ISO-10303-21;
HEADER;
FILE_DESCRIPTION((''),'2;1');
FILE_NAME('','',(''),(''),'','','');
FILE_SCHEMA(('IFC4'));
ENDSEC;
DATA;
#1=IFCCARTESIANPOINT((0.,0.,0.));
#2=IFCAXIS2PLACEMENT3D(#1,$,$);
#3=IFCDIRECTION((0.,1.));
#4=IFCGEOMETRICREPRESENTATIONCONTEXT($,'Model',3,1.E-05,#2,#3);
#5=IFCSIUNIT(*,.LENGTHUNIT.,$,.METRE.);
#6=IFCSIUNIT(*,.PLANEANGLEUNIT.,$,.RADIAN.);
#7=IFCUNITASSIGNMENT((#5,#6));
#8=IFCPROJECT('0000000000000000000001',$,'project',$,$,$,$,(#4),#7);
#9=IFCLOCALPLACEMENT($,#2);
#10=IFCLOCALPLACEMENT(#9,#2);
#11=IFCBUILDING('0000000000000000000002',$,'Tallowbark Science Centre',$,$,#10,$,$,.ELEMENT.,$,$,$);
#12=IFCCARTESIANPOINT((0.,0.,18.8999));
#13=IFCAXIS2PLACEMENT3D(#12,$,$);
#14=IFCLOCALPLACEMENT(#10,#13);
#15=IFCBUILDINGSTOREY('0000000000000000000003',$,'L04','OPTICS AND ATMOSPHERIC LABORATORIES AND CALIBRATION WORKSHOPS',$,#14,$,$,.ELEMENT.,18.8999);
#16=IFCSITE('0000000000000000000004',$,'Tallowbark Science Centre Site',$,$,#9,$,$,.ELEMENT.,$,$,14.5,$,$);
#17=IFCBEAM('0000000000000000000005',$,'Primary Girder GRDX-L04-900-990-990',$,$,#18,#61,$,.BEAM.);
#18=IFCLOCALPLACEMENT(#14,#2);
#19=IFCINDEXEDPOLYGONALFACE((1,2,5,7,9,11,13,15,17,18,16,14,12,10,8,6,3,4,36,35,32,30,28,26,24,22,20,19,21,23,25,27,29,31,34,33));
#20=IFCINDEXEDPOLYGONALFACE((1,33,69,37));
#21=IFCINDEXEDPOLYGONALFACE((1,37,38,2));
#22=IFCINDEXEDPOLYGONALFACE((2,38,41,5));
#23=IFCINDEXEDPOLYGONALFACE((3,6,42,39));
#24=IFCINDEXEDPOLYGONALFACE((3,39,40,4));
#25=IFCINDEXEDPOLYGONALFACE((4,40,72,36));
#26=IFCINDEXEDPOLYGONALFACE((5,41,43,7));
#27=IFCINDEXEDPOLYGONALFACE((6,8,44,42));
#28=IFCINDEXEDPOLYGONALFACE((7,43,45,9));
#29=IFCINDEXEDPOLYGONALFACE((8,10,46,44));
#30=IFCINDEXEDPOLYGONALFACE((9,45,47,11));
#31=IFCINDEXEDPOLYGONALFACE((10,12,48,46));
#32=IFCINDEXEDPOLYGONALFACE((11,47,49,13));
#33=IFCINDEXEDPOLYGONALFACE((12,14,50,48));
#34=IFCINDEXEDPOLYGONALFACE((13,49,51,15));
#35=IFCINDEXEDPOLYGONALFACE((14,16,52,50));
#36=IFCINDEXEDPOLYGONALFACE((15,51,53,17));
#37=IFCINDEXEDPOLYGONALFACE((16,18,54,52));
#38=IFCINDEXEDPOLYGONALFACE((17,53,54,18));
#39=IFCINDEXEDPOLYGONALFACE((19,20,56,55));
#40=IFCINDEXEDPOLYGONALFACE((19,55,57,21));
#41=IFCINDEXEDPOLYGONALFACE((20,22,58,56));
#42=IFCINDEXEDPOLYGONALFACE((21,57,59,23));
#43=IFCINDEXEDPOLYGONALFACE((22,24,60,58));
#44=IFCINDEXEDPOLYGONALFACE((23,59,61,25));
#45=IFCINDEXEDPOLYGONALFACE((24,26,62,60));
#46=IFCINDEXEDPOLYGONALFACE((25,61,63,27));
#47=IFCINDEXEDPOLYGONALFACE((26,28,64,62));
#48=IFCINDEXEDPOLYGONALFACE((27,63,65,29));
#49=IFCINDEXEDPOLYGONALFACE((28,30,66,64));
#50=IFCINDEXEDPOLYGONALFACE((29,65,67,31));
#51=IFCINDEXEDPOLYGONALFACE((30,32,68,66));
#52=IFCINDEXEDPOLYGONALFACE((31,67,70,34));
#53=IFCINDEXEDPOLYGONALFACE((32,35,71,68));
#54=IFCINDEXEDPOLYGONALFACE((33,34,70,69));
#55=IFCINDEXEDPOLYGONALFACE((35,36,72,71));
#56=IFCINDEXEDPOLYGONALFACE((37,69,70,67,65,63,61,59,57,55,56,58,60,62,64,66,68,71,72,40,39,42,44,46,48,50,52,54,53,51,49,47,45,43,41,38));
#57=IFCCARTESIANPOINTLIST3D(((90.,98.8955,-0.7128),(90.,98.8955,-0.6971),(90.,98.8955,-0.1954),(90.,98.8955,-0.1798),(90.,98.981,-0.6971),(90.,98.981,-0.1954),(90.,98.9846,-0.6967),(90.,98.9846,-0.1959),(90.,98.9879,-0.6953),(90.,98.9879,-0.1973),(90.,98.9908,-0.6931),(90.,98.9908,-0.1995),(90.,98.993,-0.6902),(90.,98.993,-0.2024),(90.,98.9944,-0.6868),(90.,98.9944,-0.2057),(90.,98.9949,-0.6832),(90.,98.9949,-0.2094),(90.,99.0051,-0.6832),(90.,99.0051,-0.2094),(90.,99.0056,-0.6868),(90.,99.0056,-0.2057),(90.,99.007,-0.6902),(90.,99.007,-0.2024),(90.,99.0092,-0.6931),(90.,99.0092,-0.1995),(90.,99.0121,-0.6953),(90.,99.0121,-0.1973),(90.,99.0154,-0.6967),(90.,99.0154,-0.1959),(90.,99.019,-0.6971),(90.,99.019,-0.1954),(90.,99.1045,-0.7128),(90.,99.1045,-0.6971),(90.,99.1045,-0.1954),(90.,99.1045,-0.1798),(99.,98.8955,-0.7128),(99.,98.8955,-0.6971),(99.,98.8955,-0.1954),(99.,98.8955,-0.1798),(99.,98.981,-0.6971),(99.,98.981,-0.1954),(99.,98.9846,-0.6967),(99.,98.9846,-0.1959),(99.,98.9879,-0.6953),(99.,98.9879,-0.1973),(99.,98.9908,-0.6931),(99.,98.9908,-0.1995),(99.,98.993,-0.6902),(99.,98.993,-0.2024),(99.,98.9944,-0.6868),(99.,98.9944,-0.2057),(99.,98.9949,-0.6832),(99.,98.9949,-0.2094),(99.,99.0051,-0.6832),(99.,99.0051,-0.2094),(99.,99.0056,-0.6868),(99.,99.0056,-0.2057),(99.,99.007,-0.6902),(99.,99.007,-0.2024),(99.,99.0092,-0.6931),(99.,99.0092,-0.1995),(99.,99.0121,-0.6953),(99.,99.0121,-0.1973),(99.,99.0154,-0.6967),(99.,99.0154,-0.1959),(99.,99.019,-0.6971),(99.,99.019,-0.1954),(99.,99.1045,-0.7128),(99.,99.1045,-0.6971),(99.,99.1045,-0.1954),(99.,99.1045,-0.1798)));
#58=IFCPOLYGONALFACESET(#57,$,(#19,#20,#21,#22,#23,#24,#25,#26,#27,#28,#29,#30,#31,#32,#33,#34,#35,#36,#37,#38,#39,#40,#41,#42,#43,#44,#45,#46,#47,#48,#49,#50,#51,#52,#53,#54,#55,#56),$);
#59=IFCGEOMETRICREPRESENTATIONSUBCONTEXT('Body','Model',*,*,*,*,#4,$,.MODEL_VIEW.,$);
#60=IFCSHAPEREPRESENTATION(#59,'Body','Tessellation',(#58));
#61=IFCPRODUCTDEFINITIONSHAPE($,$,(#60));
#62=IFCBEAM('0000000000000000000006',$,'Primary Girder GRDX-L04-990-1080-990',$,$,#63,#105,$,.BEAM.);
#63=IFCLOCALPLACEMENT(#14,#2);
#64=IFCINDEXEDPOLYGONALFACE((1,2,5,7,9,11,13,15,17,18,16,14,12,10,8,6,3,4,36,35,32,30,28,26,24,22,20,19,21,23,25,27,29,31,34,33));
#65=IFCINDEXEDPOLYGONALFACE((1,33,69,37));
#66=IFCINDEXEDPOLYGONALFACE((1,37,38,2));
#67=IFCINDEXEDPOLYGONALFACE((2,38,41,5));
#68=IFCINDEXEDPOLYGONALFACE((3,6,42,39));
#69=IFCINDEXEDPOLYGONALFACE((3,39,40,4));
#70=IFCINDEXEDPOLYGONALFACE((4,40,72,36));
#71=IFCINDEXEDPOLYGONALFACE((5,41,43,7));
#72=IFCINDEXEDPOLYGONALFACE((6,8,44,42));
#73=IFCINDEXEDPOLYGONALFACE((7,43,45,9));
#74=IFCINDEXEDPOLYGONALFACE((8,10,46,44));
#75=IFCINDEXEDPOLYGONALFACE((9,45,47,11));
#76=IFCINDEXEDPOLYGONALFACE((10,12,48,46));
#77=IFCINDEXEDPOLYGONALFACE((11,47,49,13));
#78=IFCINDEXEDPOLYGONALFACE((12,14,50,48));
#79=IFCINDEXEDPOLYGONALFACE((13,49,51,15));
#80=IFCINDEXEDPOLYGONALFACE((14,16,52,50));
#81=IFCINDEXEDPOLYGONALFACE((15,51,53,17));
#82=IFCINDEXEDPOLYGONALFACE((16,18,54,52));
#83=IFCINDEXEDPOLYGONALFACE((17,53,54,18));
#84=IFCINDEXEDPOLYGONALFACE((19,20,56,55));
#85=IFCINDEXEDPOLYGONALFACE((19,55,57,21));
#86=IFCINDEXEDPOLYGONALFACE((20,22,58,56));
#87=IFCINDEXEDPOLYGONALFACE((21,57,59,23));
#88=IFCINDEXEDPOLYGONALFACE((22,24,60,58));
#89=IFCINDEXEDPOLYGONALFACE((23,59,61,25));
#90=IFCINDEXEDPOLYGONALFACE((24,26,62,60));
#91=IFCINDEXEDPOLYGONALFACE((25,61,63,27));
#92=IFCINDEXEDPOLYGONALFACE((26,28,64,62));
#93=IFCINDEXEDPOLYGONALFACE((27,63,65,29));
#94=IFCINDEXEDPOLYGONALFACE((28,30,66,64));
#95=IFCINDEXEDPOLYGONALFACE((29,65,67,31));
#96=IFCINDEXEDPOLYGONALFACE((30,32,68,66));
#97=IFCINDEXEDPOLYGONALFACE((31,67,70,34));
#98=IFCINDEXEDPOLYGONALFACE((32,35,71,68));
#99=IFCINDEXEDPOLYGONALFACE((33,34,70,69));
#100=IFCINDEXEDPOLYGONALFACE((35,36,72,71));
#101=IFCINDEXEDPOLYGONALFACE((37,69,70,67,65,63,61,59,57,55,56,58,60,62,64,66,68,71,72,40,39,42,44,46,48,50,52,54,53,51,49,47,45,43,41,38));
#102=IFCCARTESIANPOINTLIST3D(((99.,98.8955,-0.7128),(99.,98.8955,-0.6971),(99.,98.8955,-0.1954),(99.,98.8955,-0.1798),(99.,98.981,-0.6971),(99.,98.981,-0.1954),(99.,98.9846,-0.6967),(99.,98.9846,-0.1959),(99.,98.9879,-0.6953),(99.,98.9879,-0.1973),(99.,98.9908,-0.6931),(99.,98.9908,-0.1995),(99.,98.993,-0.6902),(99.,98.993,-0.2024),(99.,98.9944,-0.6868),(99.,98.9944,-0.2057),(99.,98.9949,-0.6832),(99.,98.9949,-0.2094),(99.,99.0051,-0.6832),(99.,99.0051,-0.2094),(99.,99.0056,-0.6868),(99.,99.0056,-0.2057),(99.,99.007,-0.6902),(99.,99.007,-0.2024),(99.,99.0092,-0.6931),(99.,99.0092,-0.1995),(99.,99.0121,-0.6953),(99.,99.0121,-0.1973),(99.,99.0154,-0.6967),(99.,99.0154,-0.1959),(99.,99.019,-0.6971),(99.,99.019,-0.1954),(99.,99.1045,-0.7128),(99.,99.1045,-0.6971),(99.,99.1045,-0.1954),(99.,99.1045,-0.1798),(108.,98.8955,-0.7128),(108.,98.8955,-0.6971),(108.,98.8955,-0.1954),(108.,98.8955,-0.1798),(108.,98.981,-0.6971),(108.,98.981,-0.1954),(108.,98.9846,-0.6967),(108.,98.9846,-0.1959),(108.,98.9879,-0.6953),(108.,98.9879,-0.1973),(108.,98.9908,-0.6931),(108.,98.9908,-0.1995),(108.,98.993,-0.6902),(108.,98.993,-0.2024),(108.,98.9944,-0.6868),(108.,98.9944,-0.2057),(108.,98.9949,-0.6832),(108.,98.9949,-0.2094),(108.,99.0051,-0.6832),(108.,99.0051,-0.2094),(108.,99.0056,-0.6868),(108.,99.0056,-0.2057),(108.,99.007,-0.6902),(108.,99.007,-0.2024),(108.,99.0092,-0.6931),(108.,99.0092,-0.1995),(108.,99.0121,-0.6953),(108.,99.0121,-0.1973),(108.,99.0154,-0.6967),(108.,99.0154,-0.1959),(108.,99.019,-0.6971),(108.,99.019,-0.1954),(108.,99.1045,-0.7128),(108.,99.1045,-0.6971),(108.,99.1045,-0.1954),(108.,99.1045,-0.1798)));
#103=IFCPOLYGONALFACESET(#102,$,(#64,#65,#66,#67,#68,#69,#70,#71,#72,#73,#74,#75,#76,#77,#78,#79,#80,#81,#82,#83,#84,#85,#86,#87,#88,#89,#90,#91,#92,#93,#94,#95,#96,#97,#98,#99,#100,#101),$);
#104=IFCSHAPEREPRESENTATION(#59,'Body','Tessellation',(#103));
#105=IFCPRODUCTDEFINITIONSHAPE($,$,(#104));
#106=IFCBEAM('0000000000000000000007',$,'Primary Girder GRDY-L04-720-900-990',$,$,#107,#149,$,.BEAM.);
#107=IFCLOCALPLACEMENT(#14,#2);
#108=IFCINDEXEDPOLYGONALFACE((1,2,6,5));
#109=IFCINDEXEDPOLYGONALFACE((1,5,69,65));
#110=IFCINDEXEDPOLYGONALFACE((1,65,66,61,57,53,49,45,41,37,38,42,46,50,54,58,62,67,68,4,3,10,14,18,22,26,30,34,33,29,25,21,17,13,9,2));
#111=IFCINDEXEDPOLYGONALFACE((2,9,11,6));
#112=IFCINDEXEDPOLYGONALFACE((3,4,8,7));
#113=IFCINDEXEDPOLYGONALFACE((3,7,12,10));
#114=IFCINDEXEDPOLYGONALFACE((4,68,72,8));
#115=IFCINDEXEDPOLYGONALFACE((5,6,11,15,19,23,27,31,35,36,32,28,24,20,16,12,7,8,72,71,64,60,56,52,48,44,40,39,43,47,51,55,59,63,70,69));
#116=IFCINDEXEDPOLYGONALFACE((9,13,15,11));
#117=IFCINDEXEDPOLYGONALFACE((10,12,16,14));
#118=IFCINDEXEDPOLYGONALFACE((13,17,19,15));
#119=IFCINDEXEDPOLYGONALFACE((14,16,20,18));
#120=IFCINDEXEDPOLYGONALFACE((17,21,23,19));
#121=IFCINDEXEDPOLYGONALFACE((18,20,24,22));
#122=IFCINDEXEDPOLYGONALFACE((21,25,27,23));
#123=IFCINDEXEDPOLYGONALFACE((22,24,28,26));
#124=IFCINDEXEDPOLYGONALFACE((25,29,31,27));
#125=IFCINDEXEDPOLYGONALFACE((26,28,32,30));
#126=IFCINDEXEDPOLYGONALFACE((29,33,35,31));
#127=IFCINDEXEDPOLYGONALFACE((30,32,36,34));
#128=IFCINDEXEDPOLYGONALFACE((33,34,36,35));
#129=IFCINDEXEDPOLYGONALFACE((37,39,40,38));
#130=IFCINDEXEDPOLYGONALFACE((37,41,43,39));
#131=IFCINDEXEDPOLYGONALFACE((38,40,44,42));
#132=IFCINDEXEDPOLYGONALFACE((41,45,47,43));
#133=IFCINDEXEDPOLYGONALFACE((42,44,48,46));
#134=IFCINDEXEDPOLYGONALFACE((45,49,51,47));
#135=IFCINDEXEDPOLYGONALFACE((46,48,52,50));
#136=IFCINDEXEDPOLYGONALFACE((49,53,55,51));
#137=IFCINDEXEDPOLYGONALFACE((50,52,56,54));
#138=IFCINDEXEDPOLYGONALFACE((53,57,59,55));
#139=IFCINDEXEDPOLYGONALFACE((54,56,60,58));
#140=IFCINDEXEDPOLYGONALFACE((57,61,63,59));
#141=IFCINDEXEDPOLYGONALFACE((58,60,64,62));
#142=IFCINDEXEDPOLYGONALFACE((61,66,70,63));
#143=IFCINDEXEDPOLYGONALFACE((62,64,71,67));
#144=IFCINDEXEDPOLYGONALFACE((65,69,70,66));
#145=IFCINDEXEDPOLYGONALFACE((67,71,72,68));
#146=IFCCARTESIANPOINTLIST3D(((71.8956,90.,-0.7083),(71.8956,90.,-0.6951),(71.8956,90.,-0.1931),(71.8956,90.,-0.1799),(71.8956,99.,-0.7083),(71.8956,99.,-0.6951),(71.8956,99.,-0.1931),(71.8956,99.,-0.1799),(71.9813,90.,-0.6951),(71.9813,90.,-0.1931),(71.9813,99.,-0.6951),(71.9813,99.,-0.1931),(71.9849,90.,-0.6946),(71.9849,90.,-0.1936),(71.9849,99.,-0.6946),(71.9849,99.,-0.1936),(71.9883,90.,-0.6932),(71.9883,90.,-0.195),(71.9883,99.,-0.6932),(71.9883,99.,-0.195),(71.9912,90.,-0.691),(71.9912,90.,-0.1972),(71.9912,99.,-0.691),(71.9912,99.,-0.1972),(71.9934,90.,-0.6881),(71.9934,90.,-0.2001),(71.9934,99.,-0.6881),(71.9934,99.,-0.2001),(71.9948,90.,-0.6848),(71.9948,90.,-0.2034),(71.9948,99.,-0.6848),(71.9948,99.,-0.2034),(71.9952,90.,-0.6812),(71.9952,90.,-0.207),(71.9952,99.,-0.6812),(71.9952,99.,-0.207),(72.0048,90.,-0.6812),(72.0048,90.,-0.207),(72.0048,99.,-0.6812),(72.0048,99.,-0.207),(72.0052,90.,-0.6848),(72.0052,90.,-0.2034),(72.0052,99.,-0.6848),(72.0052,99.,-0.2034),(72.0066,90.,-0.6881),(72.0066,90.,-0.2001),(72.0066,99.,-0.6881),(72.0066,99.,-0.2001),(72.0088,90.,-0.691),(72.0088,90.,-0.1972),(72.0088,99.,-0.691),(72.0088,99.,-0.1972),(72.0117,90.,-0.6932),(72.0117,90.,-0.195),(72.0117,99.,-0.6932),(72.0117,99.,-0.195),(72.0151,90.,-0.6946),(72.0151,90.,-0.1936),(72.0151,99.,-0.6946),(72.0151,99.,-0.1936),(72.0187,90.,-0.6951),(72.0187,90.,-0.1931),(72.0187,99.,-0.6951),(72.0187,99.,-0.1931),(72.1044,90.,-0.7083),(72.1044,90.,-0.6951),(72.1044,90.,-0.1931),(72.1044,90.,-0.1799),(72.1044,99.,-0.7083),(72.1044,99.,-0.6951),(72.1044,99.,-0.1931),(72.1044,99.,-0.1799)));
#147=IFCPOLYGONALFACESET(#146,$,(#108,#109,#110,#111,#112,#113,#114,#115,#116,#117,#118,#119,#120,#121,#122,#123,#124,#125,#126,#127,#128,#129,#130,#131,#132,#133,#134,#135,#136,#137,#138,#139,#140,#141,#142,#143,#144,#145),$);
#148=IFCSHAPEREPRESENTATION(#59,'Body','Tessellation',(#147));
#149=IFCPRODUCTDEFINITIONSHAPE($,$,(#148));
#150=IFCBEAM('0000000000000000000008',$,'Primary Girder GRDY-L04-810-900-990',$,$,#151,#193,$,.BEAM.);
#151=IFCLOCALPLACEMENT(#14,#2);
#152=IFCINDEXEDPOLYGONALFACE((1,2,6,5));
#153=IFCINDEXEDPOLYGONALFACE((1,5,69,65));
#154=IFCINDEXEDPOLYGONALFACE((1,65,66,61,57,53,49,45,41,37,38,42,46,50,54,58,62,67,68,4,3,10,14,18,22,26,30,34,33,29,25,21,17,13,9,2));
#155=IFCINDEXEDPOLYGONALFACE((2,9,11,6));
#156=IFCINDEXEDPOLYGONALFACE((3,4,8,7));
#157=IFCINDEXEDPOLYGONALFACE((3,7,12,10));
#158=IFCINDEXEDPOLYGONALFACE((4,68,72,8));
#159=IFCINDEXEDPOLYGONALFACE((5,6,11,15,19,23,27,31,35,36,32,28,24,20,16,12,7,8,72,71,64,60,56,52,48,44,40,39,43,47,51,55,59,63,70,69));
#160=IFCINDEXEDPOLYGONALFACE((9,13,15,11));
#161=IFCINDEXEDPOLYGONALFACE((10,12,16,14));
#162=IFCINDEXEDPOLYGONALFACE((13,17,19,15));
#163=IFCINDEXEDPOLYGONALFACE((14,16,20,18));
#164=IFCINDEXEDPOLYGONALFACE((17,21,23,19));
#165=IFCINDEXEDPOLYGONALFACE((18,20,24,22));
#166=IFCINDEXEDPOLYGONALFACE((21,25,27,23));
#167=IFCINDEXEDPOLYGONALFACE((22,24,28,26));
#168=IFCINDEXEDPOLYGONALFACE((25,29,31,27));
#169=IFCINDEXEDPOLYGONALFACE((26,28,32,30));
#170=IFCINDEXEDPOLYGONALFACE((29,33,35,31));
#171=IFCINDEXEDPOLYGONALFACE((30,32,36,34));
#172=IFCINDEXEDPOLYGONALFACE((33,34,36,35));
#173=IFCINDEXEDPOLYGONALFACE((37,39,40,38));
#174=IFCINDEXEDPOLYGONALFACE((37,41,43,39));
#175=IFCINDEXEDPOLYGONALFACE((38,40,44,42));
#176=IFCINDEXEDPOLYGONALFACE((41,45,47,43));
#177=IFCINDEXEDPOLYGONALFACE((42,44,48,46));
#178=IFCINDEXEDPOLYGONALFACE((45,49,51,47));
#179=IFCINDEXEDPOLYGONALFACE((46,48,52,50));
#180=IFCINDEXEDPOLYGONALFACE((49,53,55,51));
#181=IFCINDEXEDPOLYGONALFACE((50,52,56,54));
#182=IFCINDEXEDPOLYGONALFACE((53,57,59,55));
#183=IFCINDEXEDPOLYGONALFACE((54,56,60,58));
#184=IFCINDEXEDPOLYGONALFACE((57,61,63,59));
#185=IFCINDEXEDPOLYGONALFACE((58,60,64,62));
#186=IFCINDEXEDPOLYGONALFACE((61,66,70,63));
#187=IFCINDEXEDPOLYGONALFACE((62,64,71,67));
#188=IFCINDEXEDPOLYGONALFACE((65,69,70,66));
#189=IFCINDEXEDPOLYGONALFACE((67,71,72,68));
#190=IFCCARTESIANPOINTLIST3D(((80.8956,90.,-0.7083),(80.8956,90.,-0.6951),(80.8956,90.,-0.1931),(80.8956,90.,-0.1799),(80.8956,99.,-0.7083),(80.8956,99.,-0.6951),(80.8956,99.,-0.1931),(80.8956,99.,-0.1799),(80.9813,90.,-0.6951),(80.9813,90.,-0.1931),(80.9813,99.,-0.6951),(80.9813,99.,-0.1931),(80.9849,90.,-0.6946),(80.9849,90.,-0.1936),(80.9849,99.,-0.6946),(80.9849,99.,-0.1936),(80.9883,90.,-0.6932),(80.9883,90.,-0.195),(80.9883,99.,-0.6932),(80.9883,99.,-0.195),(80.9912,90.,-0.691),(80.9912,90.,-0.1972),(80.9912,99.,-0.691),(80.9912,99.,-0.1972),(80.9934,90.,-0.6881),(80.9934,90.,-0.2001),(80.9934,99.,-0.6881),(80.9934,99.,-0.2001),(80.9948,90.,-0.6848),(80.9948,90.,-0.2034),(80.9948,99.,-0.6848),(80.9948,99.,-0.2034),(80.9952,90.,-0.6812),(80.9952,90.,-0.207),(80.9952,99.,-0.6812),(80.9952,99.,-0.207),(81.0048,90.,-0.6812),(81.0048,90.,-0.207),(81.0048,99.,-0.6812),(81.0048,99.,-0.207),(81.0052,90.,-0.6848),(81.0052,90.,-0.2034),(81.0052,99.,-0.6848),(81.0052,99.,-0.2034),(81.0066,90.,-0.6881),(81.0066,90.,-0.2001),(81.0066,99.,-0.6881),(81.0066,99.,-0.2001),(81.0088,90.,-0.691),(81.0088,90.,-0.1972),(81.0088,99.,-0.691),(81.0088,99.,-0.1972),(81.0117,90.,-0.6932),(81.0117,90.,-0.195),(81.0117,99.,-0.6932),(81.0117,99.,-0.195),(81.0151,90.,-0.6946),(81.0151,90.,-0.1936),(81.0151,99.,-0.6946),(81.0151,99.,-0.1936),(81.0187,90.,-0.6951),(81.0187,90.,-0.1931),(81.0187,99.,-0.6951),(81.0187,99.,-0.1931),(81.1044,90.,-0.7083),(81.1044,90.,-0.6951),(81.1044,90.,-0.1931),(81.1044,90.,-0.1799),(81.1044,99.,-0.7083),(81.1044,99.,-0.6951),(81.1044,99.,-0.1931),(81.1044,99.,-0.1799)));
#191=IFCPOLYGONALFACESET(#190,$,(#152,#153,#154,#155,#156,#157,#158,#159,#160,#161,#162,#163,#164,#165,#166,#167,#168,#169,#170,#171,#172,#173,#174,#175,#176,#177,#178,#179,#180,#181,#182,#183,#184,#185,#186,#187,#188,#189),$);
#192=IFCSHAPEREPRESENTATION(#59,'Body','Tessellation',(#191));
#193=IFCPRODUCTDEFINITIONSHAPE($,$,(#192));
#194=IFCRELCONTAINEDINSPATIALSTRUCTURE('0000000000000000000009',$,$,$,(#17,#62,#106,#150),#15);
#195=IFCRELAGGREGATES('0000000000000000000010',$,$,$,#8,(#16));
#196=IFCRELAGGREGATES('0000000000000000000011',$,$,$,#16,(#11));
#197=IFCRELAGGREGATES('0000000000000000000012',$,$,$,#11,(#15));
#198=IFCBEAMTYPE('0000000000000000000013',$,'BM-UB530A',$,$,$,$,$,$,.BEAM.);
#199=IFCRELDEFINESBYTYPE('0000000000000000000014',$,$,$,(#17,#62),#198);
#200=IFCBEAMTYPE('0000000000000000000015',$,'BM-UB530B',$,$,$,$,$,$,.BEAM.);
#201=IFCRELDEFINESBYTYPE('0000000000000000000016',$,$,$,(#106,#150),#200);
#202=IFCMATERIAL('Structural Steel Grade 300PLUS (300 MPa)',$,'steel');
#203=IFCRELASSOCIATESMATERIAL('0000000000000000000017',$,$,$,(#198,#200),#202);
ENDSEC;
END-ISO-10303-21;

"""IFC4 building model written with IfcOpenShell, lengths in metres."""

from ifc_helpers import new_model, si_unit, direction, frame, origin, origin_2d, place, context, subcontext, project, spatial, i_section, extrude, material, material_profile, profile_set, type_object, element, save


model = new_model("IFC4")

# Units and contexts
model_context = context("Model", 3, precision=1e-05, world=origin(), true_north=direction((0.0, 1.0)))
body_context = subcontext(model_context, "Body", "Model", "MODEL_VIEW")
ifc_project = project(units=[si_unit("LENGTHUNIT", "METRE"), si_unit("PLANEANGLEUNIT", "RADIAN")], contexts=[model_context])

# Site, building, storey
site_placement = place(None, origin())
site = spatial("IfcSite", under=ifc_project, at=site_placement, Name="Tallowbark Science Centre Site", CompositionType="ELEMENT", RefElevation=14.5)
building_placement = place(site_placement, origin())
building = spatial("IfcBuilding", under=site, at=building_placement, Name="Tallowbark Science Centre", CompositionType="ELEMENT")
storey_placement = place(building_placement, frame((0.0, 0.0, 18.8999)))
storey = spatial("IfcBuildingStorey", under=building, at=storey_placement, Name="L04", Description="OPTICS AND ATMOSPHERIC LABORATORIES AND CALIBRATION WORKSHOPS", CompositionType="ELEMENT", Elevation=18.8999)

# Beams
ifc_material = material(Name="Structural Steel Grade 300PLUS (300 MPa)", Category="steel")
ifc_material_profile_1 = material_profile(ifc_material, i_section(OverallWidth=0.209, OverallDepth=0.533, WebThickness=0.0103, FlangeThickness=0.0156, FilletRadius=0.0139, at=origin_2d()), Name="530UB92.4")
ifc_profile_set_1 = profile_set([ifc_material_profile_1], Name="Structural Steel Grade 300PLUS (300 MPa)")
beam_type_1 = type_object("IfcBeamType", Name="BM-UB530A", PredefinedType="BEAM", material=ifc_profile_set_1)
for number, where, z_axis, x_axis, name in (
    (1, (90.0, 99.0, -0.4463), (1.0, 0.0, 0.0), (0.0, 1.0, 0.0), "Primary Girder GRDX-L04-900-990-990"),
    (2, (99.0, 99.0, -0.4463), (1.0, 0.0, 0.0), (0.0, 1.0, 0.0), "Primary Girder GRDX-L04-990-1080-990"),
):
    element("IfcBeam", number, at=place(storey_placement, frame(where, z_axis=z_axis, x_axis=x_axis)), inside=storey, type_object=beam_type_1, Name=name, PredefinedType="BEAM", context=body_context, shape_type="SweptSolid", body=[
        extrude(i_section(OverallWidth=0.209, OverallDepth=0.533, WebThickness=0.0103, FlangeThickness=0.0156, FilletRadius=0.0139, at=origin_2d()), origin(), (0.0, 0.0, 1.0), 9.0),
    ])
ifc_material_profile_2 = material_profile(ifc_material, i_section(OverallWidth=0.2087, OverallDepth=0.5283, WebThickness=0.0095, FlangeThickness=0.0132, FilletRadius=0.0139, at=origin_2d()), Name="530UB82.0")
ifc_profile_set_2 = profile_set([ifc_material_profile_2], Name="Structural Steel Grade 300PLUS (300 MPa)")
beam_type_2 = type_object("IfcBeamType", Name="BM-UB530B", PredefinedType="BEAM", material=ifc_profile_set_2)
for number, where, z_axis, x_axis, name in (
    (3, (72.0, 90.0, -0.4441), (0.0, 1.0, 0.0), (-1.0, 0.0, 0.0), "Primary Girder GRDY-L04-720-900-990"),
    (4, (81.0, 90.0, -0.4441), (0.0, 1.0, 0.0), (-1.0, 0.0, 0.0), "Primary Girder GRDY-L04-810-900-990"),
):
    element("IfcBeam", number, at=place(storey_placement, frame(where, z_axis=z_axis, x_axis=x_axis)), inside=storey, type_object=beam_type_2, Name=name, PredefinedType="BEAM", context=body_context, shape_type="SweptSolid", body=[
        extrude(i_section(OverallWidth=0.2087, OverallDepth=0.5283, WebThickness=0.0095, FlangeThickness=0.0132, FilletRadius=0.0139, at=origin_2d()), origin(), (0.0, 0.0, 1.0), 9.0),
    ])

save(model, "model.ifc")
